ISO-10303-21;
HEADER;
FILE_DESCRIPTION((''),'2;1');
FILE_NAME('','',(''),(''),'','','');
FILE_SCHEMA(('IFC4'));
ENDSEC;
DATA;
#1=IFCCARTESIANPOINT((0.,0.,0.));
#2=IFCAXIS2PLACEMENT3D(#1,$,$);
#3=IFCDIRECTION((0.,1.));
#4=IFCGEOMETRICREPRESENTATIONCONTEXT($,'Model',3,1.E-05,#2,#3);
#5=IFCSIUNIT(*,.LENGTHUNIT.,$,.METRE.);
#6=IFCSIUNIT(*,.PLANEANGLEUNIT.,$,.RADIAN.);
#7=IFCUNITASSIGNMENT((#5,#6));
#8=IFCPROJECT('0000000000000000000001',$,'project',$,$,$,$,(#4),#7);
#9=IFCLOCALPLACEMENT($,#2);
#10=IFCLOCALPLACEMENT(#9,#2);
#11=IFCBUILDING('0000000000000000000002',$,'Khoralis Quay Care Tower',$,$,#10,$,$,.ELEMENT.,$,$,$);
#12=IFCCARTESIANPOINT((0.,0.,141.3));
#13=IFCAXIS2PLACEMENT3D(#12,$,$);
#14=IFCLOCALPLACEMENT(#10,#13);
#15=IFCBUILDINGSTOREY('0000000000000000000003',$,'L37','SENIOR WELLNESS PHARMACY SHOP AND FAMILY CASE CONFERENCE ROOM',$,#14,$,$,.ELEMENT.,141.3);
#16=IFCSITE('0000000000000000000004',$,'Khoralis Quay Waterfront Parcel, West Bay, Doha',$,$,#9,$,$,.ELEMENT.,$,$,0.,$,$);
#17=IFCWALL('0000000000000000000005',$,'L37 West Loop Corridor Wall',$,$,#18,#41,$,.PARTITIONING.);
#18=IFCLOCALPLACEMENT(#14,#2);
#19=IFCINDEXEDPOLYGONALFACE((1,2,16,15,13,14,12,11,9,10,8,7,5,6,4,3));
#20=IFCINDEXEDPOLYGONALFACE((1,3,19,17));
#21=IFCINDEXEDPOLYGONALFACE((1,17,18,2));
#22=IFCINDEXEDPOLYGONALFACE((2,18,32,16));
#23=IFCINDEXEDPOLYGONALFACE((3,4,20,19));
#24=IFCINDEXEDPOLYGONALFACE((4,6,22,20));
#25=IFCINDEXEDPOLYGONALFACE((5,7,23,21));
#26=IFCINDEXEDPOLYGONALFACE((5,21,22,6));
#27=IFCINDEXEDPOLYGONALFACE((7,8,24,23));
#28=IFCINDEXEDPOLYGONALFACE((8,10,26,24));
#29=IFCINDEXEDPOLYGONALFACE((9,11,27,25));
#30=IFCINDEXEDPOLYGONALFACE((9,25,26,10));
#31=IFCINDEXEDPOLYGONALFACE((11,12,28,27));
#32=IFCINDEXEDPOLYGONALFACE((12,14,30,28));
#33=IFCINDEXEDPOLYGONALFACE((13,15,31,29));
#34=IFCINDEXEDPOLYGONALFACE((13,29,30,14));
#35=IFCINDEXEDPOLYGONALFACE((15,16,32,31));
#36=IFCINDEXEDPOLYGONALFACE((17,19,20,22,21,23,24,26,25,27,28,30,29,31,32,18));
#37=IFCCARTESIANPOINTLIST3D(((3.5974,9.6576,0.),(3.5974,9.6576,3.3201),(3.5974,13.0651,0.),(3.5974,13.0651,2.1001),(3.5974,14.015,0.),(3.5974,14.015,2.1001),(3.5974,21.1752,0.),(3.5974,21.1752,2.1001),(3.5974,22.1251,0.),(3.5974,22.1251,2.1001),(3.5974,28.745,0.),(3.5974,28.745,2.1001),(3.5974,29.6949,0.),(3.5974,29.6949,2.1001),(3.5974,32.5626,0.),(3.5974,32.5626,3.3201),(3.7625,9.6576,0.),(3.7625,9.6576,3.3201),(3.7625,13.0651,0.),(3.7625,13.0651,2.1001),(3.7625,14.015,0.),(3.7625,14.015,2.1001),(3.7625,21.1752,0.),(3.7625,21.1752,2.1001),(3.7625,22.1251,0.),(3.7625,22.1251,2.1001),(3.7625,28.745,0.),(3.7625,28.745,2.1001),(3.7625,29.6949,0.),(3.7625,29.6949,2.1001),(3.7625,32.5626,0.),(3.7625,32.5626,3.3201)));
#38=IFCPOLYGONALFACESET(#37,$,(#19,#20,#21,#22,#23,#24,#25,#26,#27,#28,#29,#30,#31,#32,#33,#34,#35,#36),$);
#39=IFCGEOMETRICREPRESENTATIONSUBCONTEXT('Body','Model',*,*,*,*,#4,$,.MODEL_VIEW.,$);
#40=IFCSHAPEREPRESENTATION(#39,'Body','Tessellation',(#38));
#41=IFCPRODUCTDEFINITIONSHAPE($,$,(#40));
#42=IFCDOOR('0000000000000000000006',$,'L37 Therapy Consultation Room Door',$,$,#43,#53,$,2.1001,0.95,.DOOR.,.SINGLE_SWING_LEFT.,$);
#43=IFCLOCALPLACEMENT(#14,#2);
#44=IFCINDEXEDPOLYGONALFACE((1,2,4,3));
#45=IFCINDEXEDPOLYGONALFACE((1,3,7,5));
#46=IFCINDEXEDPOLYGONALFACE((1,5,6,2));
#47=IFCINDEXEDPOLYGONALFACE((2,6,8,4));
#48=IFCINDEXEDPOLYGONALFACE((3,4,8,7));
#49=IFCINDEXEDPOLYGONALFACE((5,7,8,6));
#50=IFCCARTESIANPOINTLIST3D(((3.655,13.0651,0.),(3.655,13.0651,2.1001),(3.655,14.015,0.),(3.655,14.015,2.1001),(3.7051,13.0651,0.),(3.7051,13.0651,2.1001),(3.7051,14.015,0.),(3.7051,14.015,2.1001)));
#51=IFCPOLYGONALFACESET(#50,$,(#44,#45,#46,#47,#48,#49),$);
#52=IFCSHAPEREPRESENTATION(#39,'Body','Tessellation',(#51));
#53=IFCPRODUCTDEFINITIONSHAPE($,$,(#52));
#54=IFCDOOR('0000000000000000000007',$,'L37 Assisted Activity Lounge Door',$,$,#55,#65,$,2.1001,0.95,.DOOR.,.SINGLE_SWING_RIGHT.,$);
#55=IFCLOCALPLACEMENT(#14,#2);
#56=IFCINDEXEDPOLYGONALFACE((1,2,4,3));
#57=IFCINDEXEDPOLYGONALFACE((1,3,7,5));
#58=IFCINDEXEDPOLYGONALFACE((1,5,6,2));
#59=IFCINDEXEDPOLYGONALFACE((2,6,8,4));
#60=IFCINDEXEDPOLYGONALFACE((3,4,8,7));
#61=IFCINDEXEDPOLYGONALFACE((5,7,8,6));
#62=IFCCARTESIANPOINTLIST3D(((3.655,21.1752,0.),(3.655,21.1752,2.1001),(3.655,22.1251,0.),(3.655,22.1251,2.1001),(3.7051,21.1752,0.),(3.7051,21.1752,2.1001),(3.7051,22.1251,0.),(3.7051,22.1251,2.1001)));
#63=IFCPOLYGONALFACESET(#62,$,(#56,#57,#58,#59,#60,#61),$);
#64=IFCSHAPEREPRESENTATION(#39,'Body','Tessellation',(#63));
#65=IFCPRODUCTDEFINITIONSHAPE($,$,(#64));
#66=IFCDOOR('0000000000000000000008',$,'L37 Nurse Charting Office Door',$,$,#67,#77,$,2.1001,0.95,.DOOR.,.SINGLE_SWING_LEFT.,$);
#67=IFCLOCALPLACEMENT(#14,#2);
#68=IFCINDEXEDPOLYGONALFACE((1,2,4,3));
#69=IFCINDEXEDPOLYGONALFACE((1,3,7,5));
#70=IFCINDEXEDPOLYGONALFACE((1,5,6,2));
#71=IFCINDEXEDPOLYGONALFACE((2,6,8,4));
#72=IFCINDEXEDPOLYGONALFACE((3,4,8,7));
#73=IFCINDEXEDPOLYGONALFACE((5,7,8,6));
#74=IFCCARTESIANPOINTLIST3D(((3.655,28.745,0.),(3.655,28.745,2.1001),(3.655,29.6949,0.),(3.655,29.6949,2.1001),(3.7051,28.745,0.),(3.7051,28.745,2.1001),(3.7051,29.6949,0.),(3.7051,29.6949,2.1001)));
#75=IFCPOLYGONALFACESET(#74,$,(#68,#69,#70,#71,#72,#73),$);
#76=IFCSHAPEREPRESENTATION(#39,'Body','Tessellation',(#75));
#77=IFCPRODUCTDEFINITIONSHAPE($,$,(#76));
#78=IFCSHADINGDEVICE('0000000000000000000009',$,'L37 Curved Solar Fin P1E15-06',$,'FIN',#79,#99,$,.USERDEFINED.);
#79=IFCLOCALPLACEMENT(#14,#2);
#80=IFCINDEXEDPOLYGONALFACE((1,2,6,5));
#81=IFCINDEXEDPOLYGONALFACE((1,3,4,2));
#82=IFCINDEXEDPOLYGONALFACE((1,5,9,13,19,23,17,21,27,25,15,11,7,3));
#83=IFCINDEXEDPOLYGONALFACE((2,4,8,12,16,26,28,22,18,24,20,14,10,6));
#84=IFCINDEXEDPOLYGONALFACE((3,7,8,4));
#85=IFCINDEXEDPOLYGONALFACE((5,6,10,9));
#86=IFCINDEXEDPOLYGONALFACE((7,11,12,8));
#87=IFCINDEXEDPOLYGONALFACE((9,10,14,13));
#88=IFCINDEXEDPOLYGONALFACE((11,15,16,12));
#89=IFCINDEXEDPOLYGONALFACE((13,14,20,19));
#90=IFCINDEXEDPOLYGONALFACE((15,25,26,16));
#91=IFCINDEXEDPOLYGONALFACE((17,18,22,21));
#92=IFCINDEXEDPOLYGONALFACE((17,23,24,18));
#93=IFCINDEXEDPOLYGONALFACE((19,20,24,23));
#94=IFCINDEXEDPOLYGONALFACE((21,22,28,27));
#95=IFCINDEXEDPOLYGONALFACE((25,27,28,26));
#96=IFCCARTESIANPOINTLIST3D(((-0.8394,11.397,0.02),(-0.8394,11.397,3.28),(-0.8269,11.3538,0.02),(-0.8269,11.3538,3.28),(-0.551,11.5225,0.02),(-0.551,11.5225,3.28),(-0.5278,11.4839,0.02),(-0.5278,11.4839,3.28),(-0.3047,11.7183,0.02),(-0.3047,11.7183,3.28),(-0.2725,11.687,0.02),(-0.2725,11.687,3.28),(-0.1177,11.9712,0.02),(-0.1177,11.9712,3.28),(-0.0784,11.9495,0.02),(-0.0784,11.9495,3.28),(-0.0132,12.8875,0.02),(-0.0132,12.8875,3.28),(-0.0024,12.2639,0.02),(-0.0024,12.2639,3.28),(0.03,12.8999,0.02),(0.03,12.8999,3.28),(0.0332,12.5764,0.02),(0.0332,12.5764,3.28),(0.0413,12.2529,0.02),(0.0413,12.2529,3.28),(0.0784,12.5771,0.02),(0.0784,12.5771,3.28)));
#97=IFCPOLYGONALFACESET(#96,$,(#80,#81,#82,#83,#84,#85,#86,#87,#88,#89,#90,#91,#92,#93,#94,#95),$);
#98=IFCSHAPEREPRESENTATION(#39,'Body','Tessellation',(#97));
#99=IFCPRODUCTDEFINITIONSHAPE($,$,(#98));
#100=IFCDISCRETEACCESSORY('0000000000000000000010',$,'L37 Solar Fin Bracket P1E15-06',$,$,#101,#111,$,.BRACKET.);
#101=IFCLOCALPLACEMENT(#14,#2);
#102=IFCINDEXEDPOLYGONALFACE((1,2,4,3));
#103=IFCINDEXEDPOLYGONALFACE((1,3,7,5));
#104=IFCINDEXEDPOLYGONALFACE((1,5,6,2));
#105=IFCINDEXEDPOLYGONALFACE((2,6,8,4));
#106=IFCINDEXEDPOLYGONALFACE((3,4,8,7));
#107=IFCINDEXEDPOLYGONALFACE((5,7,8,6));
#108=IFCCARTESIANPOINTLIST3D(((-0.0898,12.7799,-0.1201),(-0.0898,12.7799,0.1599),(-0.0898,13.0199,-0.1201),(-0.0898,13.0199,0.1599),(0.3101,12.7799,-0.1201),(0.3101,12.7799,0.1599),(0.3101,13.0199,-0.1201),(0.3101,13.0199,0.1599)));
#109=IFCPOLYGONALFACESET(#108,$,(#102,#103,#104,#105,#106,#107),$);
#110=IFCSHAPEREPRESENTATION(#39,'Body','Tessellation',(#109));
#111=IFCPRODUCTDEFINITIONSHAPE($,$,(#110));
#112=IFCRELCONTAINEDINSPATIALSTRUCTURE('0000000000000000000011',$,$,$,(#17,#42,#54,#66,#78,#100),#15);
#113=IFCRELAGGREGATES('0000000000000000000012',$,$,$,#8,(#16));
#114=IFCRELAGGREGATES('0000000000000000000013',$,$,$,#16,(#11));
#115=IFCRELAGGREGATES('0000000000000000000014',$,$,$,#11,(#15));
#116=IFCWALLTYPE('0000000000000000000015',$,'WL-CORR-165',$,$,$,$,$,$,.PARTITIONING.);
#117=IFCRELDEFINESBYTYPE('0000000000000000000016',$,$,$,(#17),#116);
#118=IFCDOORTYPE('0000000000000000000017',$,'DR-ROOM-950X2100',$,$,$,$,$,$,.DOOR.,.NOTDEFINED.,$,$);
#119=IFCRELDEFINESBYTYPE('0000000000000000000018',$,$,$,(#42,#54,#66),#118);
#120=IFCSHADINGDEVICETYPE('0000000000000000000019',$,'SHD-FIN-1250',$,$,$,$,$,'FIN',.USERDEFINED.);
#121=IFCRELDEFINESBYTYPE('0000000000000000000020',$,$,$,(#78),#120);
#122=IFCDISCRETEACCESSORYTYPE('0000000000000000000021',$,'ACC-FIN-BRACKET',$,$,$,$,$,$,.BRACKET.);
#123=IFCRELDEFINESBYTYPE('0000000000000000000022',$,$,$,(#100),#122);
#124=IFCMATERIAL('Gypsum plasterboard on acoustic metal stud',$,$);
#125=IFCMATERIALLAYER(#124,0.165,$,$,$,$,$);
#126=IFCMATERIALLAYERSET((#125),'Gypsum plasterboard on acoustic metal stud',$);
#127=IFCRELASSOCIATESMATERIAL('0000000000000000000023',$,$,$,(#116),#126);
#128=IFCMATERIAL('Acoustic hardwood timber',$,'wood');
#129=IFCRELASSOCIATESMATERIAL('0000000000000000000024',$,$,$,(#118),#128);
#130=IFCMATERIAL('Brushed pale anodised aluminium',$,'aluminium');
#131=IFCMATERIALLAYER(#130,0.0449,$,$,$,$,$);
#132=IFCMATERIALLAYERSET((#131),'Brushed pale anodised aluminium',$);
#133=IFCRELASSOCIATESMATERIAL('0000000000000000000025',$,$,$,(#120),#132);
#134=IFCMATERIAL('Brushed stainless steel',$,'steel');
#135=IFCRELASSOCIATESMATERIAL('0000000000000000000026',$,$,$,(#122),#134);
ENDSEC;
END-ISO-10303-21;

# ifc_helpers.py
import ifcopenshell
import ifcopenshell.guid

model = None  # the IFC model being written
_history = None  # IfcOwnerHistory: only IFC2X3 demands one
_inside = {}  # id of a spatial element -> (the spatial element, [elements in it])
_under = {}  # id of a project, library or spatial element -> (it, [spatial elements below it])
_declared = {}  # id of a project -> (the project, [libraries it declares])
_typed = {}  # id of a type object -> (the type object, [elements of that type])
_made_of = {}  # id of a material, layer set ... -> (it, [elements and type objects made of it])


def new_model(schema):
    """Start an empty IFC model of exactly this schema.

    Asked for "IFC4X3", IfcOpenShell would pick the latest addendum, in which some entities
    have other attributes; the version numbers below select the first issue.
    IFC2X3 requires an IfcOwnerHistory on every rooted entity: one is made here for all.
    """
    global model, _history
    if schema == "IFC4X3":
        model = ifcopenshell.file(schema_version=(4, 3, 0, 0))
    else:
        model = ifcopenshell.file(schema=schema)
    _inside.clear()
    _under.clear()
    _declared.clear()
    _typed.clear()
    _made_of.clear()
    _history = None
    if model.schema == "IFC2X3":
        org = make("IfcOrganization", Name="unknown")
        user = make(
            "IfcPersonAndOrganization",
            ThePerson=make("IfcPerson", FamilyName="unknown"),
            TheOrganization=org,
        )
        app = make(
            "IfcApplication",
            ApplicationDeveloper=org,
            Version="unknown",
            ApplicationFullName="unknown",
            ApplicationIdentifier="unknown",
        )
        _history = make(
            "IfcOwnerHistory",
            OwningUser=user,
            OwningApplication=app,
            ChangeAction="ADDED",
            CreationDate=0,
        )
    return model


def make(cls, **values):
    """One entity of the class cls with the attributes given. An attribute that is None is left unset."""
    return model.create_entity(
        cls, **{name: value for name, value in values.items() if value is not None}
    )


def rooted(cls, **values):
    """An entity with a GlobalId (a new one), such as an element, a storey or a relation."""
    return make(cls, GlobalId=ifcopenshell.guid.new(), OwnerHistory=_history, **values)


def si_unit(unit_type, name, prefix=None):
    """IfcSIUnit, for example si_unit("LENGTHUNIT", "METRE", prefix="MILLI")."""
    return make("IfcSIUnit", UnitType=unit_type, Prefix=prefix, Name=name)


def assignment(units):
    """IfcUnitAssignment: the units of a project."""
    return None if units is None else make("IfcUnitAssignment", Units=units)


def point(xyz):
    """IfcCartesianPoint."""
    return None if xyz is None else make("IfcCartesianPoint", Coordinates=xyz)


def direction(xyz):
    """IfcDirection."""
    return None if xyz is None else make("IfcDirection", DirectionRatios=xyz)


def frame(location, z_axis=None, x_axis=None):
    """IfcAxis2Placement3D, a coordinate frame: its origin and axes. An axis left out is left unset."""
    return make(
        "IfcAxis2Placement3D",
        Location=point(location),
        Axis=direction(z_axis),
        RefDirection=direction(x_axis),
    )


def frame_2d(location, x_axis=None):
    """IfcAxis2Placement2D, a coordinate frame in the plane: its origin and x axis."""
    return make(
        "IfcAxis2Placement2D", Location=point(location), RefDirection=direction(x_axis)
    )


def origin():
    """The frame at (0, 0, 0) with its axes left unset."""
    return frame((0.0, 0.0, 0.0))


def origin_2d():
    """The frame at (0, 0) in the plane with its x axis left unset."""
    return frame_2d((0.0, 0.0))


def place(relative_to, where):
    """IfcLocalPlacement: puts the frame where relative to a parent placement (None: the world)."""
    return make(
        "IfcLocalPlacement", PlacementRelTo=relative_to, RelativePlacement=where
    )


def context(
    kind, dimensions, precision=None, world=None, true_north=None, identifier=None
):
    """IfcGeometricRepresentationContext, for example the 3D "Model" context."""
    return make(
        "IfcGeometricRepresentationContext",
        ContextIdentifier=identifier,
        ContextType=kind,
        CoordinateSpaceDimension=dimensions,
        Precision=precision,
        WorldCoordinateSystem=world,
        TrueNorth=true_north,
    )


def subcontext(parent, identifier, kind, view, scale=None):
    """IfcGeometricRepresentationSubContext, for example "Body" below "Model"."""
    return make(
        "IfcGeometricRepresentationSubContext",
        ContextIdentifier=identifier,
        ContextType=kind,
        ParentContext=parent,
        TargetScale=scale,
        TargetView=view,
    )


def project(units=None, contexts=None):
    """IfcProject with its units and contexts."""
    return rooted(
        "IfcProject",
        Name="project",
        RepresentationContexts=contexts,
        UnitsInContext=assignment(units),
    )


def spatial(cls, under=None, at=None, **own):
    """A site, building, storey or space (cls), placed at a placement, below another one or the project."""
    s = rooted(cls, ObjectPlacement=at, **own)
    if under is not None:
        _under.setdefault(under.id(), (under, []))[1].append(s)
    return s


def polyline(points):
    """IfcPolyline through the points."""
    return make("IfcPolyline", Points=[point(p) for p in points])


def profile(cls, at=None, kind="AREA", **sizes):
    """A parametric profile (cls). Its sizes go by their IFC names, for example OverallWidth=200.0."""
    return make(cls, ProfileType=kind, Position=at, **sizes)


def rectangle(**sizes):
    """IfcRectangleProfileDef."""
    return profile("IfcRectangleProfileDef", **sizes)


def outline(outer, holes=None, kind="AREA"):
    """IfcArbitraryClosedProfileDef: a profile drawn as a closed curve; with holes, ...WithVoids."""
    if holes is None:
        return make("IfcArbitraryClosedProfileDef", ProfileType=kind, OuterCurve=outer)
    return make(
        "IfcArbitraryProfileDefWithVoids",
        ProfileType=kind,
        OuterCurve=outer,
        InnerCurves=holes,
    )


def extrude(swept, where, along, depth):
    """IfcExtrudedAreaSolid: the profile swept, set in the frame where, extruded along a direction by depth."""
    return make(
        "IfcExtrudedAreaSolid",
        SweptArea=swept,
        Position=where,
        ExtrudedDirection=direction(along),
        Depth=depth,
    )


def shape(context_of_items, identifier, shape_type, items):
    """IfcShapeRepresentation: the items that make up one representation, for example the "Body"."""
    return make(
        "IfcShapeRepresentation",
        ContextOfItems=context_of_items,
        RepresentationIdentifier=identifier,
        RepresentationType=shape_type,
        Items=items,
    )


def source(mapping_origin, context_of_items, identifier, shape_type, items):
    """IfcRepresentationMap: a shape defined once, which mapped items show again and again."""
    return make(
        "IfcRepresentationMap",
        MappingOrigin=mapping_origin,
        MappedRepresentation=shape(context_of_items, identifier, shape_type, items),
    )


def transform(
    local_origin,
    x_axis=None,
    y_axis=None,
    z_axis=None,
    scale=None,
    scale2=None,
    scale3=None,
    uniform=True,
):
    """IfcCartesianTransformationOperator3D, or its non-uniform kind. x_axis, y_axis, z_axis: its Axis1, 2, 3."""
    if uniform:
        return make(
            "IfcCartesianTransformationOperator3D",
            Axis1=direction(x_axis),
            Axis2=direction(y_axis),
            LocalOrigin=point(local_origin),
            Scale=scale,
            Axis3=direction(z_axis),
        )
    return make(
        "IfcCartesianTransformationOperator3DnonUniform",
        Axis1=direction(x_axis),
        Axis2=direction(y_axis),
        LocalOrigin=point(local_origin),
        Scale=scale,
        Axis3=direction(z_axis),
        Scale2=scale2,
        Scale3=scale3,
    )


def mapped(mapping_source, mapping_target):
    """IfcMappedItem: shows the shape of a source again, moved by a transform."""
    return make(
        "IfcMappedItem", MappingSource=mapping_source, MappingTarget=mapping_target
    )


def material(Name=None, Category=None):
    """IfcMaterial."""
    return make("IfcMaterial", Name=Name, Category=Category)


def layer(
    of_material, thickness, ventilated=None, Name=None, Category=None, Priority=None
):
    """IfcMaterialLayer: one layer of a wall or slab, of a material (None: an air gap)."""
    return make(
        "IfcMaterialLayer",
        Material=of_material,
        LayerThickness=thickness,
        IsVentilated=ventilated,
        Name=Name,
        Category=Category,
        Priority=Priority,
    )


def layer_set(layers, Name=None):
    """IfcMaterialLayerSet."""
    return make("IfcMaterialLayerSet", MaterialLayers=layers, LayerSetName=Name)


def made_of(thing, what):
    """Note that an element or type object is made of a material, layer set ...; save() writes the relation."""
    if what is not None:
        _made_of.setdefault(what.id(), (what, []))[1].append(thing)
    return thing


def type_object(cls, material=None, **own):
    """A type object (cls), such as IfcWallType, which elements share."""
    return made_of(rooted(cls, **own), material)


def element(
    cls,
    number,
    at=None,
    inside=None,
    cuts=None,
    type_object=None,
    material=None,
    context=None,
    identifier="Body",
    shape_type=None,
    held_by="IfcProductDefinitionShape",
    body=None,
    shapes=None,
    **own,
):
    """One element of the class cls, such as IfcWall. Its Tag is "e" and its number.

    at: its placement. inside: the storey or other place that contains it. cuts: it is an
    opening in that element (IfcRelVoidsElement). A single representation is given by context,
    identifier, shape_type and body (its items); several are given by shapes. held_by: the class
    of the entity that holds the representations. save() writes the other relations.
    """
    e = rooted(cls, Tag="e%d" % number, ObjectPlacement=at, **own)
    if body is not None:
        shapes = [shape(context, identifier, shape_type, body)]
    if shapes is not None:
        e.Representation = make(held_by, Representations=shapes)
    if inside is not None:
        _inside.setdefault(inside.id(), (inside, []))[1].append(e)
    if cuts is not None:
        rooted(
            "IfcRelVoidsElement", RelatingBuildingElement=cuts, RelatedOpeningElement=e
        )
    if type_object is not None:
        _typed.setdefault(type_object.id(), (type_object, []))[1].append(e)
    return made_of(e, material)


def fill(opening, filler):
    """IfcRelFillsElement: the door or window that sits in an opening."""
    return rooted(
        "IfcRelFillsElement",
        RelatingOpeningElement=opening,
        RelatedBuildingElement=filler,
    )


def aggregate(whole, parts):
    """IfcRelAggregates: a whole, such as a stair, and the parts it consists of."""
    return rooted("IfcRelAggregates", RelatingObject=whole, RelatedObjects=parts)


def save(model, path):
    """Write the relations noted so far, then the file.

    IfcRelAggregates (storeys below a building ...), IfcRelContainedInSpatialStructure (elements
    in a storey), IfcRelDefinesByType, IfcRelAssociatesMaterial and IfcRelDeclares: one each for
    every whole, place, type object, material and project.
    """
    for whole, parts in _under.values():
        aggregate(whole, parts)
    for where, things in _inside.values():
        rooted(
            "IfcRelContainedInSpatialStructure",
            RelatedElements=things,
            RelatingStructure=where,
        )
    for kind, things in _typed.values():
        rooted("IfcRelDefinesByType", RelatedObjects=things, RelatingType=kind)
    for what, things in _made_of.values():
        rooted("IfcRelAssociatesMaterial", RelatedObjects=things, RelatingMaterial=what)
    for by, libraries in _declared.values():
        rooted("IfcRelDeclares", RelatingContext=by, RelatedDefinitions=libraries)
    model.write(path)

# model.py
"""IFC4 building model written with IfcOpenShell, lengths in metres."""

from ifc_helpers import new_model, si_unit, direction, frame, frame_2d, origin, origin_2d, place, context, subcontext, project, spatial, polyline, rectangle, outline, extrude, source, transform, mapped, material, layer, layer_set, type_object, element, fill, save


model = new_model("IFC4")

# Units and contexts
model_context = context("Model", 3, precision=1e-05, world=origin(), true_north=direction((0.0, 1.0)))
body_context = subcontext(model_context, "Body", "Model", "MODEL_VIEW")
ifc_project = project(units=[si_unit("LENGTHUNIT", "METRE"), si_unit("PLANEANGLEUNIT", "RADIAN")], contexts=[model_context])

# Site, building, storey
site_placement = place(None, origin())
site = spatial("IfcSite", under=ifc_project, at=site_placement, Name="Khoralis Quay Waterfront Parcel, West Bay, Doha", CompositionType="ELEMENT", RefElevation=0.0)
building_placement = place(site_placement, origin())
building = spatial("IfcBuilding", under=site, at=building_placement, Name="Khoralis Quay Care Tower", CompositionType="ELEMENT")
storey_placement = place(building_placement, frame((0.0, 0.0, 141.3)))
storey = spatial("IfcBuildingStorey", under=building, at=storey_placement, Name="L37", Description="SENIOR WELLNESS PHARMACY SHOP AND FAMILY CASE CONFERENCE ROOM", CompositionType="ELEMENT", Elevation=141.3)

# Shared definitions
ifc_material_1 = material(Name="Gypsum plasterboard on acoustic metal stud")

# Wall, openings, doors
ifc_layer_1 = layer(ifc_material_1, 0.165)
ifc_layer_set_1 = layer_set([ifc_layer_1], Name="Gypsum plasterboard on acoustic metal stud")
wall_type_1 = type_object("IfcWallType", Name="WL-CORR-165", PredefinedType="PARTITIONING", material=ifc_layer_set_1)
ifc_material_2 = material(Name="Acoustic hardwood timber", Category="wood")
door_type_1 = type_object("IfcDoorType", Name="DR-ROOM-950X2100", OperationType="NOTDEFINED", PredefinedType="DOOR", material=ifc_material_2)
shared_shape_1 = source(origin(), body_context, "Body", "SweptSolid", [
    extrude(rectangle(XDim=0.95, YDim=2.1001, at=frame_2d((0.4751, 1.05))), frame((0.0, 0.0249, 0.0), z_axis=(0.0, -1.0, 0.0), x_axis=(1.0, 0.0, 0.0)), (0.0, 0.0, 1.0), 0.05),
])
wall_1_placement = place(storey_placement, frame((3.6799, 9.6575, 0.0), z_axis=(0.0, 0.0, 1.0), x_axis=(0.0, 1.0, 0.0)))
wall_1 = element("IfcWall", 1, at=wall_1_placement, inside=storey, type_object=wall_type_1, Name="L37 West Loop Corridor Wall", PredefinedType="PARTITIONING", context=body_context, shape_type="SweptSolid", body=[
    extrude(rectangle(XDim=22.905, YDim=0.165, at=frame_2d((11.4526, 0.0))), origin(), (0.0, 0.0, 1.0), 3.3201),
])
opening_1_placement = place(wall_1_placement, frame((3.4075, 0.0, 0.0)))
opening_1 = element("IfcOpeningElement", 2, at=opening_1_placement, cuts=wall_1, PredefinedType="OPENING", context=body_context, shape_type="SweptSolid", body=[
    extrude(rectangle(XDim=0.95, YDim=2.1001, at=frame_2d((0.4751, 1.05))), frame((0.0, 0.0925, 0.0), z_axis=(0.0, -1.0, 0.0), x_axis=(1.0, 0.0, 0.0)), (0.0, 0.0, 1.0), 0.1851),
])
opening_2_placement = place(wall_1_placement, frame((11.5176, 0.0, 0.0)))
opening_2 = element("IfcOpeningElement", 3, at=opening_2_placement, cuts=wall_1, PredefinedType="OPENING", context=body_context, shape_type="SweptSolid", body=[
    extrude(rectangle(XDim=0.95, YDim=2.1001, at=frame_2d((0.4751, 1.05))), frame((0.0, 0.0925, 0.0), z_axis=(0.0, -1.0, 0.0), x_axis=(1.0, 0.0, 0.0)), (0.0, 0.0, 1.0), 0.1851),
])
opening_3_placement = place(wall_1_placement, frame((19.0874, 0.0, 0.0)))
opening_3 = element("IfcOpeningElement", 4, at=opening_3_placement, cuts=wall_1, PredefinedType="OPENING", context=body_context, shape_type="SweptSolid", body=[
    extrude(rectangle(XDim=0.95, YDim=2.1001, at=frame_2d((0.4751, 1.05))), frame((0.0, 0.0925, 0.0), z_axis=(0.0, -1.0, 0.0), x_axis=(1.0, 0.0, 0.0)), (0.0, 0.0, 1.0), 0.1851),
])
door_1_placement = place(opening_1_placement, origin())
door_1 = element("IfcDoor", 5, at=door_1_placement, inside=storey, type_object=door_type_1, Name="L37 Therapy Consultation Room Door", OperationType="SINGLE_SWING_LEFT", OverallHeight=2.1001, OverallWidth=0.95, PredefinedType="DOOR", context=body_context, shape_type="MappedRepresentation", body=[
    mapped(shared_shape_1, transform((0.0, 0.0, 0.0), scale=1.0)),
])
fill(opening_1, door_1)
door_2_placement = place(opening_2_placement, origin())
door_2 = element("IfcDoor", 6, at=door_2_placement, inside=storey, type_object=door_type_1, Name="L37 Assisted Activity Lounge Door", OperationType="SINGLE_SWING_RIGHT", OverallHeight=2.1001, OverallWidth=0.95, PredefinedType="DOOR", context=body_context, shape_type="MappedRepresentation", body=[
    mapped(shared_shape_1, transform((0.0, 0.0, 0.0), scale=1.0)),
])
fill(opening_2, door_2)
door_3_placement = place(opening_3_placement, origin())
door_3 = element("IfcDoor", 7, at=door_3_placement, inside=storey, type_object=door_type_1, Name="L37 Nurse Charting Office Door", OperationType="SINGLE_SWING_LEFT", OverallHeight=2.1001, OverallWidth=0.95, PredefinedType="DOOR", context=body_context, shape_type="MappedRepresentation", body=[
    mapped(shared_shape_1, transform((0.0, 0.0, 0.0), scale=1.0)),
])
fill(opening_3, door_3)

# Shading device
ifc_material_3 = material(Name="Brushed pale anodised aluminium", Category="aluminium")
ifc_layer_2 = layer(ifc_material_3, 0.0449)
ifc_layer_set_2 = layer_set([ifc_layer_2], Name="Brushed pale anodised aluminium")
shading_device_type = type_object("IfcShadingDeviceType", Name="SHD-FIN-1250", ElementType="FIN", PredefinedType="USERDEFINED", material=ifc_layer_set_2)
shared_shape_2 = source(origin(), body_context, "Body", "SweptSolid", [
    extrude(outline(polyline([(0.0, 0.0), (-0.0483, 0.3228), (-0.0112, 0.647), (0.1084, 0.9504), (0.3025, 1.2129), (0.5579, 1.416), (0.8569, 1.5461), (0.8694, 1.5029), (0.5811, 1.3774), (0.3347, 1.1816), (0.1477, 0.9287), (0.0325, 0.636), (-0.0032, 0.3235), (0.0432, 0.0125), (0.0, 0.0)])), origin(), (0.0, 0.0, 1.0), 3.26),
])
shading_device_placement = place(storey_placement, frame((0.03, 12.8999, 0.02), z_axis=(0.0, 0.0, 1.0), x_axis=(-1.0, 0.0, 0.0)))
element("IfcShadingDevice", 8, at=shading_device_placement, inside=storey, type_object=shading_device_type, Name="L37 Curved Solar Fin P1E15-06", ObjectType="FIN", PredefinedType="USERDEFINED", context=body_context, shape_type="MappedRepresentation", body=[
    mapped(shared_shape_2, transform((0.0, 0.0, 0.0), scale=1.0)),
])

# Discrete accessory
ifc_material_4 = material(Name="Brushed stainless steel", Category="steel")
discrete_accessory_type = type_object("IfcDiscreteAccessoryType", Name="ACC-FIN-BRACKET", PredefinedType="BRACKET", material=ifc_material_4)
shared_shape_3 = source(origin(), body_context, "Body", "SweptSolid", [
    extrude(rectangle(XDim=0.3999, YDim=0.24, at=origin_2d()), origin(), (0.0, 0.0, 1.0), 0.28),
])
discrete_accessory_placement = place(storey_placement, frame((0.1101, 12.8999, -0.1201), z_axis=(0.0, 0.0, 1.0), x_axis=(-1.0, 0.0, 0.0)))
element("IfcDiscreteAccessory", 9, at=discrete_accessory_placement, inside=storey, type_object=discrete_accessory_type, Name="L37 Solar Fin Bracket P1E15-06", PredefinedType="BRACKET", context=body_context, shape_type="MappedRepresentation", body=[
    mapped(shared_shape_3, transform((0.0, 0.0, 0.0), scale=1.0)),
])

save(model, "model.ifc")
